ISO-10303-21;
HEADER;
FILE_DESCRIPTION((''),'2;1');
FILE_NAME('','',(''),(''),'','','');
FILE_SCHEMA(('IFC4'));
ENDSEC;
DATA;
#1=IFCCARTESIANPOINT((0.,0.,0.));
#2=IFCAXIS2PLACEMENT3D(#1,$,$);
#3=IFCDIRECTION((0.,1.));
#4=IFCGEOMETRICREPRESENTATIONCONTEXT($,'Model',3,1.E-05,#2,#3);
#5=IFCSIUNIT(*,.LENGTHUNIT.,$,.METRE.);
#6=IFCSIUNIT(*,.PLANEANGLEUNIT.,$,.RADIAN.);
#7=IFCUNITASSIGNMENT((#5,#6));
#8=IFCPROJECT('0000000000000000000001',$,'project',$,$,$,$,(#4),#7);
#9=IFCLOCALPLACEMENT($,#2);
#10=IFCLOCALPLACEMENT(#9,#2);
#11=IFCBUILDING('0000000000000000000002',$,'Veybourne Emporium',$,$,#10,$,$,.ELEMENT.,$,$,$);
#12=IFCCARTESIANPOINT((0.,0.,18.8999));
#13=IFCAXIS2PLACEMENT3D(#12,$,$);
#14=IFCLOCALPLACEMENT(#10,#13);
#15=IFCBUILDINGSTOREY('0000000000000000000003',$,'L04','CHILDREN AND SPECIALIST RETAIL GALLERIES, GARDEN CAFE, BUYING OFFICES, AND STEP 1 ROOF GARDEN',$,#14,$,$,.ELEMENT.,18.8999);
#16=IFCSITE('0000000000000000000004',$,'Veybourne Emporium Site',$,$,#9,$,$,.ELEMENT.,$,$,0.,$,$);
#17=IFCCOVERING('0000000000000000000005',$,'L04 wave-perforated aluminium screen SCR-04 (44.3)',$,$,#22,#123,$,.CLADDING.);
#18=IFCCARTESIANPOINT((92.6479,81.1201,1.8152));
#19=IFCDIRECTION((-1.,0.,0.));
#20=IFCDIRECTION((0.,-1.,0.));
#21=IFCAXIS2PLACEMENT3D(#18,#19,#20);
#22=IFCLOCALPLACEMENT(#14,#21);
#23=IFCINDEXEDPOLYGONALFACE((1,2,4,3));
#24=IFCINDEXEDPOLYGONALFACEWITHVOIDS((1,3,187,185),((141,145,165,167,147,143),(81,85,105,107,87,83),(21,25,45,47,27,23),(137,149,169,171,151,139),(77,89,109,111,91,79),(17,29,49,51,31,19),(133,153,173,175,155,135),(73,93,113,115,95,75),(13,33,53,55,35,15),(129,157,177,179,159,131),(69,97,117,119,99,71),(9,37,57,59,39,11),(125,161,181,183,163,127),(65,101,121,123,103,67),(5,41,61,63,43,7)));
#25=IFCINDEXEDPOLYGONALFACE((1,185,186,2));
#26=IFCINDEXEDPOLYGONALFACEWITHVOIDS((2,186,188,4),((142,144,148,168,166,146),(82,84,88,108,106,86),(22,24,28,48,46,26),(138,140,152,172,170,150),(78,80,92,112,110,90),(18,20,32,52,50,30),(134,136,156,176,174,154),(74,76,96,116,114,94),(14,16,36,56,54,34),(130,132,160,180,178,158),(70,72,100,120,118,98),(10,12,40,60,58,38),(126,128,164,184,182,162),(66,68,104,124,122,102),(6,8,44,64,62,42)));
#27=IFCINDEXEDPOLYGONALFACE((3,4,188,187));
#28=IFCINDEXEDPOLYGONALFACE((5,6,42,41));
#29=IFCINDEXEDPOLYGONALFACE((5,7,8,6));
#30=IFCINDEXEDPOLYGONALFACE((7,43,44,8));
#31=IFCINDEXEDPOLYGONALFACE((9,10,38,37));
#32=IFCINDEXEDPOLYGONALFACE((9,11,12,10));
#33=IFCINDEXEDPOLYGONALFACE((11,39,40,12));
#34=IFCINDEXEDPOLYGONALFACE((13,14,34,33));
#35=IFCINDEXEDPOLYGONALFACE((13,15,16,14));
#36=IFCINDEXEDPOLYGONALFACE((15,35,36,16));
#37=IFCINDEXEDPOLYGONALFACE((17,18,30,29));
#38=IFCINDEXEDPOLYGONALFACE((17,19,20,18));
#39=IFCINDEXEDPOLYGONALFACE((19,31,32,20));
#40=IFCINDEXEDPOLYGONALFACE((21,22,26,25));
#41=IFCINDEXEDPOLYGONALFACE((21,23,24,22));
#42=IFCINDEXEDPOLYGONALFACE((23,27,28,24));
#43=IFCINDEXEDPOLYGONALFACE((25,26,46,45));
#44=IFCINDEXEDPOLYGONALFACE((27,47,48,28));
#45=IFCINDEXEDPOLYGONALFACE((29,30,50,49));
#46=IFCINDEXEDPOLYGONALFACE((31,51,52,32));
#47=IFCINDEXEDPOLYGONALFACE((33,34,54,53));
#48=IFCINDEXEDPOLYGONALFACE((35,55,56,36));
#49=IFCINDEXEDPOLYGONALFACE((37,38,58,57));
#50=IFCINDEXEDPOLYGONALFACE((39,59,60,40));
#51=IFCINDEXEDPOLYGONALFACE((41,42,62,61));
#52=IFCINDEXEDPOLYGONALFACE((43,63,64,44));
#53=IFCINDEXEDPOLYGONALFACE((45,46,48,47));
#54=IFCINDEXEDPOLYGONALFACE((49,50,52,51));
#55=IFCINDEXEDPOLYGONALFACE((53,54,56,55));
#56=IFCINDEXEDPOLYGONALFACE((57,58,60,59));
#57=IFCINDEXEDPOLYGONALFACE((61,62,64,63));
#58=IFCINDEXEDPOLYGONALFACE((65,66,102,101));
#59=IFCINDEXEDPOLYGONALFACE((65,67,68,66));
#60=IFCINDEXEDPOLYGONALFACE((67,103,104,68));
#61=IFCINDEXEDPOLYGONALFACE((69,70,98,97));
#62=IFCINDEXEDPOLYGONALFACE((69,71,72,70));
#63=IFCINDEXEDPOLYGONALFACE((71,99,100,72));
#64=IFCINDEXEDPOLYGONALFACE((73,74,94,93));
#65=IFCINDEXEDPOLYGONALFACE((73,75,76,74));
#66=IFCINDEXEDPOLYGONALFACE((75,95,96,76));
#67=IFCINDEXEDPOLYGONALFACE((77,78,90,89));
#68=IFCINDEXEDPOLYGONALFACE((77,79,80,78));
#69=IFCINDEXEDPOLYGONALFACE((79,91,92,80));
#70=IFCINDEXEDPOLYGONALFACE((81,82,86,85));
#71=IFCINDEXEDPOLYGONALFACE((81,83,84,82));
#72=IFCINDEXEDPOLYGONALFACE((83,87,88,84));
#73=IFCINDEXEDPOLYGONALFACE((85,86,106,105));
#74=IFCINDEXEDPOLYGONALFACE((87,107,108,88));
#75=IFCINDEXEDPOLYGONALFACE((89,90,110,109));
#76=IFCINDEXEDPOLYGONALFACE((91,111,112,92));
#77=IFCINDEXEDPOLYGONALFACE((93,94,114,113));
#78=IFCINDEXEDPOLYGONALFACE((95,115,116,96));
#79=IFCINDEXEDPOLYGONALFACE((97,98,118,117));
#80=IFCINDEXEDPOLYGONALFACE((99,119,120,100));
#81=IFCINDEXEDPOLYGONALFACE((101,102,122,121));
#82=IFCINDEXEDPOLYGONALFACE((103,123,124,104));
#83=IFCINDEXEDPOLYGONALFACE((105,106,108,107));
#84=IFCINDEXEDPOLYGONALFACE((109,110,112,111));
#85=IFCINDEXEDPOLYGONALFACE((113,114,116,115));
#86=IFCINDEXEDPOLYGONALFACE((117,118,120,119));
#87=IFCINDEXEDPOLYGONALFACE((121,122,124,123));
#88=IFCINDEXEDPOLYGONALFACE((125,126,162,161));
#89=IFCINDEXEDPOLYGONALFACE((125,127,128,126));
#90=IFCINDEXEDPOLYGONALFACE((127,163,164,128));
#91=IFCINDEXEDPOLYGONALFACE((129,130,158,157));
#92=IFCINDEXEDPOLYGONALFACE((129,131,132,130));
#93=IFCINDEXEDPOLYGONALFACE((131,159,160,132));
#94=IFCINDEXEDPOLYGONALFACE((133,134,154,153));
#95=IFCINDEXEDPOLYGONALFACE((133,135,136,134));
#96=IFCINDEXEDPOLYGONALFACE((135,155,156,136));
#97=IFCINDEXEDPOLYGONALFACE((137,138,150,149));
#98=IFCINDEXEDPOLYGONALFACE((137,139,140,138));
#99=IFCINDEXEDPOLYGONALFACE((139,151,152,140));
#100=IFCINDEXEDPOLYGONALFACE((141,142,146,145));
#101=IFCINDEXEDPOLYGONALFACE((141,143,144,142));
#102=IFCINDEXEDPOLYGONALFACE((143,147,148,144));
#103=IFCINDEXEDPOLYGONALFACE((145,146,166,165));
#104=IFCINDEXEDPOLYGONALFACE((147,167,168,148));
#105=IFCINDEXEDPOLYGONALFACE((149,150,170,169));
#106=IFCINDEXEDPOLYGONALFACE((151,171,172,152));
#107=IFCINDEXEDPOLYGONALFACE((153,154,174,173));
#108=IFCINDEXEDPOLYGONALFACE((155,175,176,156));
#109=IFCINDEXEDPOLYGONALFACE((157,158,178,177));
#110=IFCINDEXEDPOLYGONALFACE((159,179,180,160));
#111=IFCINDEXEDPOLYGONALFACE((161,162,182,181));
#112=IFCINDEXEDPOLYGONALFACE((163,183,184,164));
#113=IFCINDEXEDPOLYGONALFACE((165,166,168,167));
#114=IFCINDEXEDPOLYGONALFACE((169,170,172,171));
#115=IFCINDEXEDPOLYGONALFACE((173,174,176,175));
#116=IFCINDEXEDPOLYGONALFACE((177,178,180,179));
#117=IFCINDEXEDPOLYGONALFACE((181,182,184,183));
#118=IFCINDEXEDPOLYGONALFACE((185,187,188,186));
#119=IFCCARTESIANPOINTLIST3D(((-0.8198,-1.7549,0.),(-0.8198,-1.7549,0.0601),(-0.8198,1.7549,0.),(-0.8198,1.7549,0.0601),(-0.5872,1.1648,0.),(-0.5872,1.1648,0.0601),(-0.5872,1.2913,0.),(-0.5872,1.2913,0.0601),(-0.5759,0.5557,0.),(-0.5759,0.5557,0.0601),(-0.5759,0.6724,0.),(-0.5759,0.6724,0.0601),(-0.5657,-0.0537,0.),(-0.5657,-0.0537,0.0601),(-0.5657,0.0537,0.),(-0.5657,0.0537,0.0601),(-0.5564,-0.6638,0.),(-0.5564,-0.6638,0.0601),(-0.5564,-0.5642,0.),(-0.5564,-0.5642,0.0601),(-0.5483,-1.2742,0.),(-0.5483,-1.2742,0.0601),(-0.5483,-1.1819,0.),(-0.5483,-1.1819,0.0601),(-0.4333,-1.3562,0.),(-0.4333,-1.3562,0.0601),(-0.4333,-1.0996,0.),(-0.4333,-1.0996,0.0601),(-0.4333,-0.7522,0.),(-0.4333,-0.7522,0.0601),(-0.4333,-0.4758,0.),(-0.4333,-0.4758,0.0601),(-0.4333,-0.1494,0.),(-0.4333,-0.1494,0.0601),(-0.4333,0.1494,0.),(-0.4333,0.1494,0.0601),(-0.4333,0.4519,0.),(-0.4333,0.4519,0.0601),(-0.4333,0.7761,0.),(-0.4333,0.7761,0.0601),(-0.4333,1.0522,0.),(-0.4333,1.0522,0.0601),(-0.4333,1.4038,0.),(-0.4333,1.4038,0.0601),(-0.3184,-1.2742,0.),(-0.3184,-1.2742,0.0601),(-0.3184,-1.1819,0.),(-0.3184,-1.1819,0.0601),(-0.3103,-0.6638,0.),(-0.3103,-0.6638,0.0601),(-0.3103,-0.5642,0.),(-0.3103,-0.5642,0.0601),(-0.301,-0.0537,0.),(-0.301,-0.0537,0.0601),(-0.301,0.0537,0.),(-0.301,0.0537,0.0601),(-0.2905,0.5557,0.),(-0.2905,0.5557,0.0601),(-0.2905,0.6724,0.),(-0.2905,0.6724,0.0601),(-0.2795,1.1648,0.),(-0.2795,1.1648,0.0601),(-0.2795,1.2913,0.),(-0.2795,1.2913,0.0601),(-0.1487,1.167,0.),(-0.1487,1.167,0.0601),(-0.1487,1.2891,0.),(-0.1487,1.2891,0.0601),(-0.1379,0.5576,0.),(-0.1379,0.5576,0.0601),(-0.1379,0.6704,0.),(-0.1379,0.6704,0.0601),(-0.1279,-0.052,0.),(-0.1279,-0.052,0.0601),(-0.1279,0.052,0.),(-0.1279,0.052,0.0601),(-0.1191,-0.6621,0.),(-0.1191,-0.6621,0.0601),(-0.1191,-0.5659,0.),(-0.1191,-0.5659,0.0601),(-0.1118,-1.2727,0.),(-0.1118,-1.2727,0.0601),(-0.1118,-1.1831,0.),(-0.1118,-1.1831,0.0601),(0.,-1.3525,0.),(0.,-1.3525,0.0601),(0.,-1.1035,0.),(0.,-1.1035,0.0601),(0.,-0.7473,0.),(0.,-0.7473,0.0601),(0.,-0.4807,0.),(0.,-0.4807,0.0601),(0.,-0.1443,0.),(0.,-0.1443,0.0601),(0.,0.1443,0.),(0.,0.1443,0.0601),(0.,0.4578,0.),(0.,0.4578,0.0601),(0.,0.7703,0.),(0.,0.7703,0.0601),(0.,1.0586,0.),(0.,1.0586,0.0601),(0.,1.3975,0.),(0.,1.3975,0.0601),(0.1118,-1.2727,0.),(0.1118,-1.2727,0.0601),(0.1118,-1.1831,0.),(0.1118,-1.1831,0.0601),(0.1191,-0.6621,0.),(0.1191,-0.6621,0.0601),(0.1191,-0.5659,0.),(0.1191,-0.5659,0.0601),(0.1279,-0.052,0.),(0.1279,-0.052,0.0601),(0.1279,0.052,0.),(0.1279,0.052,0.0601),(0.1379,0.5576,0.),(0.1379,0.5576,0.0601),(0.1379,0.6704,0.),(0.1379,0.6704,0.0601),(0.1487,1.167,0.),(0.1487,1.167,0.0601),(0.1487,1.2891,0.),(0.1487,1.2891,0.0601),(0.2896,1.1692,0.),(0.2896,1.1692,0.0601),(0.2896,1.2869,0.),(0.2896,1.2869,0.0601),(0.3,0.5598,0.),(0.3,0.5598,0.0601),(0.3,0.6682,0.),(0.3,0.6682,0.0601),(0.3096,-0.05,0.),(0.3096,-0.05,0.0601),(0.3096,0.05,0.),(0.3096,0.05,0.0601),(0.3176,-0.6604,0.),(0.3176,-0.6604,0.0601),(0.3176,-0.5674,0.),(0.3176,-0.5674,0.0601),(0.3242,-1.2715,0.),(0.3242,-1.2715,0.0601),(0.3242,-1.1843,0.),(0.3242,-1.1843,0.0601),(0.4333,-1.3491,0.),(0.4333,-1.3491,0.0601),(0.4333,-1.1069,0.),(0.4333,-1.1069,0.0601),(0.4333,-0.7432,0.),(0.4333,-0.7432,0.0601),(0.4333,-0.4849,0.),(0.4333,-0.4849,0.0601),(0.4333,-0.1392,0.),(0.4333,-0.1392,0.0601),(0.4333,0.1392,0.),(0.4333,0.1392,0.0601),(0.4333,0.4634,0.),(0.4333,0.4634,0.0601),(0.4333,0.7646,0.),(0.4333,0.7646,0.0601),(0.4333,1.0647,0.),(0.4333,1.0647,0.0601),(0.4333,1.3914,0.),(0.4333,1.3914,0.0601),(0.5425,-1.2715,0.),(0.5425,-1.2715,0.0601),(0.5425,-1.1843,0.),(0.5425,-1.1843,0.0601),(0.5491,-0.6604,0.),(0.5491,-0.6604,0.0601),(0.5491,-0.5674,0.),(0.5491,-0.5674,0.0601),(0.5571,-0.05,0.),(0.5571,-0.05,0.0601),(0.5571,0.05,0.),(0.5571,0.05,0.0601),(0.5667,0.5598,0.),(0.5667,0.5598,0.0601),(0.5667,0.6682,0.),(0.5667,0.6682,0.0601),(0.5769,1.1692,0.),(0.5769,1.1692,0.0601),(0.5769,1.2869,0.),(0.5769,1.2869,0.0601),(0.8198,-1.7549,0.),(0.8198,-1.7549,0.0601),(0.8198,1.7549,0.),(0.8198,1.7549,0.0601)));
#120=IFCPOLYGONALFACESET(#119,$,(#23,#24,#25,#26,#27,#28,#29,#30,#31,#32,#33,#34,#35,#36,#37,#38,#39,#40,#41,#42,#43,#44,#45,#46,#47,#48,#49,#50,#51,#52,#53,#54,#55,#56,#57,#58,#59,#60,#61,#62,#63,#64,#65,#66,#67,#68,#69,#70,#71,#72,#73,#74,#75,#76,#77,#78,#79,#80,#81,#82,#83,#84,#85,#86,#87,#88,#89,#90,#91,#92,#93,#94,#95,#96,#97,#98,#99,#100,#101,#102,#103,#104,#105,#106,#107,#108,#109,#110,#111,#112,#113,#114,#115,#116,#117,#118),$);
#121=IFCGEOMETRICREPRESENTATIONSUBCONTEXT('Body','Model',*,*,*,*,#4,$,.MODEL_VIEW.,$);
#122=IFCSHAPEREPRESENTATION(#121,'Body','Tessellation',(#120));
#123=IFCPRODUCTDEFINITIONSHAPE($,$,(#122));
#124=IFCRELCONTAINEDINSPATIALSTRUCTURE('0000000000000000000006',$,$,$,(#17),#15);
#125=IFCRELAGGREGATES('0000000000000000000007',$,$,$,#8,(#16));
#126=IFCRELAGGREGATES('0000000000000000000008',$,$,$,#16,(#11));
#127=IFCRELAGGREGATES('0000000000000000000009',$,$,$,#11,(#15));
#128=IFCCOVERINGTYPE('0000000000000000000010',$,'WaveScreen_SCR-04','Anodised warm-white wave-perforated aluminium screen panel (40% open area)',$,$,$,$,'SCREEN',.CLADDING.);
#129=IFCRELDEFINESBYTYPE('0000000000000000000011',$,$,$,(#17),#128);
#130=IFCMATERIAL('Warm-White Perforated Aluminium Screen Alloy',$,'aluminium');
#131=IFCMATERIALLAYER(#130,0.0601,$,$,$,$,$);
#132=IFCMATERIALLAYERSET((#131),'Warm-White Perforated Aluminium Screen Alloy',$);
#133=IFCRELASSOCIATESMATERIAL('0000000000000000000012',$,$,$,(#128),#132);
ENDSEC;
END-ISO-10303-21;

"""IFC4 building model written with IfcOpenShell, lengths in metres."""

from ifc_helpers import new_model, si_unit, direction, frame, origin, place, context, subcontext, project, spatial, polyline, outline, extrude, material, layer, layer_set, type_object, element, save


model = new_model("IFC4")

# Units and contexts
model_context = context("Model", 3, precision=1e-05, world=origin(), true_north=direction((0.0, 1.0)))
body_context = subcontext(model_context, "Body", "Model", "MODEL_VIEW")
ifc_project = project(units=[si_unit("LENGTHUNIT", "METRE"), si_unit("PLANEANGLEUNIT", "RADIAN")], contexts=[model_context])

# Site, building, storey
site_placement = place(None, origin())
site = spatial("IfcSite", under=ifc_project, at=site_placement, Name="Veybourne Emporium Site", CompositionType="ELEMENT", RefElevation=0.0)
building_placement = place(site_placement, origin())
building = spatial("IfcBuilding", under=site, at=building_placement, Name="Veybourne Emporium", CompositionType="ELEMENT")
storey_placement = place(building_placement, frame((0.0, 0.0, 18.8999)))
storey = spatial("IfcBuildingStorey", under=building, at=storey_placement, Name="L04", Description="CHILDREN AND SPECIALIST RETAIL GALLERIES, GARDEN CAFE, BUYING OFFICES, AND STEP 1 ROOF GARDEN", CompositionType="ELEMENT", Elevation=18.8999)

# Covering
ifc_material_1 = material(Name="Warm-White Perforated Aluminium Screen Alloy", Category="aluminium")
ifc_layer_1 = layer(ifc_material_1, 0.0601)
ifc_layer_set_1 = layer_set([ifc_layer_1], Name="Warm-White Perforated Aluminium Screen Alloy")
covering_type_1 = type_object("IfcCoveringType", Name="WaveScreen_SCR-04", Description="Anodised warm-white wave-perforated aluminium screen panel (40% open area)", ElementType="SCREEN", PredefinedType="CLADDING", material=ifc_layer_set_1)
covering_1_placement = place(storey_placement, frame((92.6479, 81.1201, 1.8152), z_axis=(-1.0, 0.0, 0.0), x_axis=(0.0, -1.0, 0.0)))
element("IfcCovering", 1, at=covering_1_placement, inside=storey, type_object=covering_type_1, Name="L04 wave-perforated aluminium screen SCR-04 (44.3)", PredefinedType="CLADDING", context=body_context, shape_type="SweptSolid", body=[
    extrude(outline(polyline([(-0.8198, -1.7549), (0.8198, -1.7549), (0.8198, 1.7549), (-0.8198, 1.7549), (-0.8198, -1.7549)]), holes=[polyline([(-0.4333, -1.0996), (-0.3184, -1.1819), (-0.3184, -1.2742), (-0.4333, -1.3562), (-0.5483, -1.2742), (-0.5483, -1.1819), (-0.4333, -1.0996)]), polyline([(-0.4333, -0.4758), (-0.3103, -0.5642), (-0.3103, -0.6638), (-0.4333, -0.7522), (-0.5564, -0.6638), (-0.5564, -0.5642), (-0.4333, -0.4758)]), polyline([(-0.4333, 0.1494), (-0.301, 0.0537), (-0.301, -0.0537), (-0.4333, -0.1494), (-0.5657, -0.0537), (-0.5657, 0.0537), (-0.4333, 0.1494)]), polyline([(-0.4333, 0.7761), (-0.2905, 0.6724), (-0.2905, 0.5557), (-0.4333, 0.4519), (-0.5759, 0.5557), (-0.5759, 0.6724), (-0.4333, 0.7761)]), polyline([(-0.4333, 1.4038), (-0.2795, 1.2913), (-0.2795, 1.1648), (-0.4333, 1.0522), (-0.5872, 1.1648), (-0.5872, 1.2913), (-0.4333, 1.4038)]), polyline([(0.0, -1.1035), (0.1118, -1.1831), (0.1118, -1.2727), (0.0, -1.3525), (-0.1118, -1.2727), (-0.1118, -1.1831), (0.0, -1.1035)]), polyline([(0.0, -0.4807), (0.1191, -0.5659), (0.1191, -0.6621), (0.0, -0.7473), (-0.1191, -0.6621), (-0.1191, -0.5659), (0.0, -0.4807)]), polyline([(0.0, 0.1443), (0.1279, 0.052), (0.1279, -0.052), (0.0, -0.1443), (-0.1279, -0.052), (-0.1279, 0.052), (0.0, 0.1443)]), polyline([(0.0, 0.7703), (0.1379, 0.6704), (0.1379, 0.5576), (0.0, 0.4578), (-0.1379, 0.5576), (-0.1379, 0.6704), (0.0, 0.7703)]), polyline([(0.0, 1.3975), (0.1487, 1.2891), (0.1487, 1.167), (0.0, 1.0586), (-0.1487, 1.167), (-0.1487, 1.2891), (0.0, 1.3975)]), polyline([(0.4333, -1.1069), (0.5425, -1.1843), (0.5425, -1.2715), (0.4333, -1.3491), (0.3242, -1.2715), (0.3242, -1.1843), (0.4333, -1.1069)]), polyline([(0.4333, -0.4849), (0.5491, -0.5674), (0.5491, -0.6604), (0.4333, -0.7432), (0.3176, -0.6604), (0.3176, -0.5674), (0.4333, -0.4849)]), polyline([(0.4333, 0.1392), (0.5571, 0.05), (0.5571, -0.05), (0.4333, -0.1392), (0.3096, -0.05), (0.3096, 0.05), (0.4333, 0.1392)]), polyline([(0.4333, 0.7646), (0.5667, 0.6682), (0.5667, 0.5598), (0.4333, 0.4634), (0.3, 0.5598), (0.3, 0.6682), (0.4333, 0.7646)]), polyline([(0.4333, 1.3914), (0.5769, 1.2869), (0.5769, 1.1692), (0.4333, 1.0647), (0.2896, 1.1692), (0.2896, 1.2869), (0.4333, 1.3914)])]), origin(), (0.0, 0.0, 1.0), 0.0601),
])

save(model, "model.ifc")
